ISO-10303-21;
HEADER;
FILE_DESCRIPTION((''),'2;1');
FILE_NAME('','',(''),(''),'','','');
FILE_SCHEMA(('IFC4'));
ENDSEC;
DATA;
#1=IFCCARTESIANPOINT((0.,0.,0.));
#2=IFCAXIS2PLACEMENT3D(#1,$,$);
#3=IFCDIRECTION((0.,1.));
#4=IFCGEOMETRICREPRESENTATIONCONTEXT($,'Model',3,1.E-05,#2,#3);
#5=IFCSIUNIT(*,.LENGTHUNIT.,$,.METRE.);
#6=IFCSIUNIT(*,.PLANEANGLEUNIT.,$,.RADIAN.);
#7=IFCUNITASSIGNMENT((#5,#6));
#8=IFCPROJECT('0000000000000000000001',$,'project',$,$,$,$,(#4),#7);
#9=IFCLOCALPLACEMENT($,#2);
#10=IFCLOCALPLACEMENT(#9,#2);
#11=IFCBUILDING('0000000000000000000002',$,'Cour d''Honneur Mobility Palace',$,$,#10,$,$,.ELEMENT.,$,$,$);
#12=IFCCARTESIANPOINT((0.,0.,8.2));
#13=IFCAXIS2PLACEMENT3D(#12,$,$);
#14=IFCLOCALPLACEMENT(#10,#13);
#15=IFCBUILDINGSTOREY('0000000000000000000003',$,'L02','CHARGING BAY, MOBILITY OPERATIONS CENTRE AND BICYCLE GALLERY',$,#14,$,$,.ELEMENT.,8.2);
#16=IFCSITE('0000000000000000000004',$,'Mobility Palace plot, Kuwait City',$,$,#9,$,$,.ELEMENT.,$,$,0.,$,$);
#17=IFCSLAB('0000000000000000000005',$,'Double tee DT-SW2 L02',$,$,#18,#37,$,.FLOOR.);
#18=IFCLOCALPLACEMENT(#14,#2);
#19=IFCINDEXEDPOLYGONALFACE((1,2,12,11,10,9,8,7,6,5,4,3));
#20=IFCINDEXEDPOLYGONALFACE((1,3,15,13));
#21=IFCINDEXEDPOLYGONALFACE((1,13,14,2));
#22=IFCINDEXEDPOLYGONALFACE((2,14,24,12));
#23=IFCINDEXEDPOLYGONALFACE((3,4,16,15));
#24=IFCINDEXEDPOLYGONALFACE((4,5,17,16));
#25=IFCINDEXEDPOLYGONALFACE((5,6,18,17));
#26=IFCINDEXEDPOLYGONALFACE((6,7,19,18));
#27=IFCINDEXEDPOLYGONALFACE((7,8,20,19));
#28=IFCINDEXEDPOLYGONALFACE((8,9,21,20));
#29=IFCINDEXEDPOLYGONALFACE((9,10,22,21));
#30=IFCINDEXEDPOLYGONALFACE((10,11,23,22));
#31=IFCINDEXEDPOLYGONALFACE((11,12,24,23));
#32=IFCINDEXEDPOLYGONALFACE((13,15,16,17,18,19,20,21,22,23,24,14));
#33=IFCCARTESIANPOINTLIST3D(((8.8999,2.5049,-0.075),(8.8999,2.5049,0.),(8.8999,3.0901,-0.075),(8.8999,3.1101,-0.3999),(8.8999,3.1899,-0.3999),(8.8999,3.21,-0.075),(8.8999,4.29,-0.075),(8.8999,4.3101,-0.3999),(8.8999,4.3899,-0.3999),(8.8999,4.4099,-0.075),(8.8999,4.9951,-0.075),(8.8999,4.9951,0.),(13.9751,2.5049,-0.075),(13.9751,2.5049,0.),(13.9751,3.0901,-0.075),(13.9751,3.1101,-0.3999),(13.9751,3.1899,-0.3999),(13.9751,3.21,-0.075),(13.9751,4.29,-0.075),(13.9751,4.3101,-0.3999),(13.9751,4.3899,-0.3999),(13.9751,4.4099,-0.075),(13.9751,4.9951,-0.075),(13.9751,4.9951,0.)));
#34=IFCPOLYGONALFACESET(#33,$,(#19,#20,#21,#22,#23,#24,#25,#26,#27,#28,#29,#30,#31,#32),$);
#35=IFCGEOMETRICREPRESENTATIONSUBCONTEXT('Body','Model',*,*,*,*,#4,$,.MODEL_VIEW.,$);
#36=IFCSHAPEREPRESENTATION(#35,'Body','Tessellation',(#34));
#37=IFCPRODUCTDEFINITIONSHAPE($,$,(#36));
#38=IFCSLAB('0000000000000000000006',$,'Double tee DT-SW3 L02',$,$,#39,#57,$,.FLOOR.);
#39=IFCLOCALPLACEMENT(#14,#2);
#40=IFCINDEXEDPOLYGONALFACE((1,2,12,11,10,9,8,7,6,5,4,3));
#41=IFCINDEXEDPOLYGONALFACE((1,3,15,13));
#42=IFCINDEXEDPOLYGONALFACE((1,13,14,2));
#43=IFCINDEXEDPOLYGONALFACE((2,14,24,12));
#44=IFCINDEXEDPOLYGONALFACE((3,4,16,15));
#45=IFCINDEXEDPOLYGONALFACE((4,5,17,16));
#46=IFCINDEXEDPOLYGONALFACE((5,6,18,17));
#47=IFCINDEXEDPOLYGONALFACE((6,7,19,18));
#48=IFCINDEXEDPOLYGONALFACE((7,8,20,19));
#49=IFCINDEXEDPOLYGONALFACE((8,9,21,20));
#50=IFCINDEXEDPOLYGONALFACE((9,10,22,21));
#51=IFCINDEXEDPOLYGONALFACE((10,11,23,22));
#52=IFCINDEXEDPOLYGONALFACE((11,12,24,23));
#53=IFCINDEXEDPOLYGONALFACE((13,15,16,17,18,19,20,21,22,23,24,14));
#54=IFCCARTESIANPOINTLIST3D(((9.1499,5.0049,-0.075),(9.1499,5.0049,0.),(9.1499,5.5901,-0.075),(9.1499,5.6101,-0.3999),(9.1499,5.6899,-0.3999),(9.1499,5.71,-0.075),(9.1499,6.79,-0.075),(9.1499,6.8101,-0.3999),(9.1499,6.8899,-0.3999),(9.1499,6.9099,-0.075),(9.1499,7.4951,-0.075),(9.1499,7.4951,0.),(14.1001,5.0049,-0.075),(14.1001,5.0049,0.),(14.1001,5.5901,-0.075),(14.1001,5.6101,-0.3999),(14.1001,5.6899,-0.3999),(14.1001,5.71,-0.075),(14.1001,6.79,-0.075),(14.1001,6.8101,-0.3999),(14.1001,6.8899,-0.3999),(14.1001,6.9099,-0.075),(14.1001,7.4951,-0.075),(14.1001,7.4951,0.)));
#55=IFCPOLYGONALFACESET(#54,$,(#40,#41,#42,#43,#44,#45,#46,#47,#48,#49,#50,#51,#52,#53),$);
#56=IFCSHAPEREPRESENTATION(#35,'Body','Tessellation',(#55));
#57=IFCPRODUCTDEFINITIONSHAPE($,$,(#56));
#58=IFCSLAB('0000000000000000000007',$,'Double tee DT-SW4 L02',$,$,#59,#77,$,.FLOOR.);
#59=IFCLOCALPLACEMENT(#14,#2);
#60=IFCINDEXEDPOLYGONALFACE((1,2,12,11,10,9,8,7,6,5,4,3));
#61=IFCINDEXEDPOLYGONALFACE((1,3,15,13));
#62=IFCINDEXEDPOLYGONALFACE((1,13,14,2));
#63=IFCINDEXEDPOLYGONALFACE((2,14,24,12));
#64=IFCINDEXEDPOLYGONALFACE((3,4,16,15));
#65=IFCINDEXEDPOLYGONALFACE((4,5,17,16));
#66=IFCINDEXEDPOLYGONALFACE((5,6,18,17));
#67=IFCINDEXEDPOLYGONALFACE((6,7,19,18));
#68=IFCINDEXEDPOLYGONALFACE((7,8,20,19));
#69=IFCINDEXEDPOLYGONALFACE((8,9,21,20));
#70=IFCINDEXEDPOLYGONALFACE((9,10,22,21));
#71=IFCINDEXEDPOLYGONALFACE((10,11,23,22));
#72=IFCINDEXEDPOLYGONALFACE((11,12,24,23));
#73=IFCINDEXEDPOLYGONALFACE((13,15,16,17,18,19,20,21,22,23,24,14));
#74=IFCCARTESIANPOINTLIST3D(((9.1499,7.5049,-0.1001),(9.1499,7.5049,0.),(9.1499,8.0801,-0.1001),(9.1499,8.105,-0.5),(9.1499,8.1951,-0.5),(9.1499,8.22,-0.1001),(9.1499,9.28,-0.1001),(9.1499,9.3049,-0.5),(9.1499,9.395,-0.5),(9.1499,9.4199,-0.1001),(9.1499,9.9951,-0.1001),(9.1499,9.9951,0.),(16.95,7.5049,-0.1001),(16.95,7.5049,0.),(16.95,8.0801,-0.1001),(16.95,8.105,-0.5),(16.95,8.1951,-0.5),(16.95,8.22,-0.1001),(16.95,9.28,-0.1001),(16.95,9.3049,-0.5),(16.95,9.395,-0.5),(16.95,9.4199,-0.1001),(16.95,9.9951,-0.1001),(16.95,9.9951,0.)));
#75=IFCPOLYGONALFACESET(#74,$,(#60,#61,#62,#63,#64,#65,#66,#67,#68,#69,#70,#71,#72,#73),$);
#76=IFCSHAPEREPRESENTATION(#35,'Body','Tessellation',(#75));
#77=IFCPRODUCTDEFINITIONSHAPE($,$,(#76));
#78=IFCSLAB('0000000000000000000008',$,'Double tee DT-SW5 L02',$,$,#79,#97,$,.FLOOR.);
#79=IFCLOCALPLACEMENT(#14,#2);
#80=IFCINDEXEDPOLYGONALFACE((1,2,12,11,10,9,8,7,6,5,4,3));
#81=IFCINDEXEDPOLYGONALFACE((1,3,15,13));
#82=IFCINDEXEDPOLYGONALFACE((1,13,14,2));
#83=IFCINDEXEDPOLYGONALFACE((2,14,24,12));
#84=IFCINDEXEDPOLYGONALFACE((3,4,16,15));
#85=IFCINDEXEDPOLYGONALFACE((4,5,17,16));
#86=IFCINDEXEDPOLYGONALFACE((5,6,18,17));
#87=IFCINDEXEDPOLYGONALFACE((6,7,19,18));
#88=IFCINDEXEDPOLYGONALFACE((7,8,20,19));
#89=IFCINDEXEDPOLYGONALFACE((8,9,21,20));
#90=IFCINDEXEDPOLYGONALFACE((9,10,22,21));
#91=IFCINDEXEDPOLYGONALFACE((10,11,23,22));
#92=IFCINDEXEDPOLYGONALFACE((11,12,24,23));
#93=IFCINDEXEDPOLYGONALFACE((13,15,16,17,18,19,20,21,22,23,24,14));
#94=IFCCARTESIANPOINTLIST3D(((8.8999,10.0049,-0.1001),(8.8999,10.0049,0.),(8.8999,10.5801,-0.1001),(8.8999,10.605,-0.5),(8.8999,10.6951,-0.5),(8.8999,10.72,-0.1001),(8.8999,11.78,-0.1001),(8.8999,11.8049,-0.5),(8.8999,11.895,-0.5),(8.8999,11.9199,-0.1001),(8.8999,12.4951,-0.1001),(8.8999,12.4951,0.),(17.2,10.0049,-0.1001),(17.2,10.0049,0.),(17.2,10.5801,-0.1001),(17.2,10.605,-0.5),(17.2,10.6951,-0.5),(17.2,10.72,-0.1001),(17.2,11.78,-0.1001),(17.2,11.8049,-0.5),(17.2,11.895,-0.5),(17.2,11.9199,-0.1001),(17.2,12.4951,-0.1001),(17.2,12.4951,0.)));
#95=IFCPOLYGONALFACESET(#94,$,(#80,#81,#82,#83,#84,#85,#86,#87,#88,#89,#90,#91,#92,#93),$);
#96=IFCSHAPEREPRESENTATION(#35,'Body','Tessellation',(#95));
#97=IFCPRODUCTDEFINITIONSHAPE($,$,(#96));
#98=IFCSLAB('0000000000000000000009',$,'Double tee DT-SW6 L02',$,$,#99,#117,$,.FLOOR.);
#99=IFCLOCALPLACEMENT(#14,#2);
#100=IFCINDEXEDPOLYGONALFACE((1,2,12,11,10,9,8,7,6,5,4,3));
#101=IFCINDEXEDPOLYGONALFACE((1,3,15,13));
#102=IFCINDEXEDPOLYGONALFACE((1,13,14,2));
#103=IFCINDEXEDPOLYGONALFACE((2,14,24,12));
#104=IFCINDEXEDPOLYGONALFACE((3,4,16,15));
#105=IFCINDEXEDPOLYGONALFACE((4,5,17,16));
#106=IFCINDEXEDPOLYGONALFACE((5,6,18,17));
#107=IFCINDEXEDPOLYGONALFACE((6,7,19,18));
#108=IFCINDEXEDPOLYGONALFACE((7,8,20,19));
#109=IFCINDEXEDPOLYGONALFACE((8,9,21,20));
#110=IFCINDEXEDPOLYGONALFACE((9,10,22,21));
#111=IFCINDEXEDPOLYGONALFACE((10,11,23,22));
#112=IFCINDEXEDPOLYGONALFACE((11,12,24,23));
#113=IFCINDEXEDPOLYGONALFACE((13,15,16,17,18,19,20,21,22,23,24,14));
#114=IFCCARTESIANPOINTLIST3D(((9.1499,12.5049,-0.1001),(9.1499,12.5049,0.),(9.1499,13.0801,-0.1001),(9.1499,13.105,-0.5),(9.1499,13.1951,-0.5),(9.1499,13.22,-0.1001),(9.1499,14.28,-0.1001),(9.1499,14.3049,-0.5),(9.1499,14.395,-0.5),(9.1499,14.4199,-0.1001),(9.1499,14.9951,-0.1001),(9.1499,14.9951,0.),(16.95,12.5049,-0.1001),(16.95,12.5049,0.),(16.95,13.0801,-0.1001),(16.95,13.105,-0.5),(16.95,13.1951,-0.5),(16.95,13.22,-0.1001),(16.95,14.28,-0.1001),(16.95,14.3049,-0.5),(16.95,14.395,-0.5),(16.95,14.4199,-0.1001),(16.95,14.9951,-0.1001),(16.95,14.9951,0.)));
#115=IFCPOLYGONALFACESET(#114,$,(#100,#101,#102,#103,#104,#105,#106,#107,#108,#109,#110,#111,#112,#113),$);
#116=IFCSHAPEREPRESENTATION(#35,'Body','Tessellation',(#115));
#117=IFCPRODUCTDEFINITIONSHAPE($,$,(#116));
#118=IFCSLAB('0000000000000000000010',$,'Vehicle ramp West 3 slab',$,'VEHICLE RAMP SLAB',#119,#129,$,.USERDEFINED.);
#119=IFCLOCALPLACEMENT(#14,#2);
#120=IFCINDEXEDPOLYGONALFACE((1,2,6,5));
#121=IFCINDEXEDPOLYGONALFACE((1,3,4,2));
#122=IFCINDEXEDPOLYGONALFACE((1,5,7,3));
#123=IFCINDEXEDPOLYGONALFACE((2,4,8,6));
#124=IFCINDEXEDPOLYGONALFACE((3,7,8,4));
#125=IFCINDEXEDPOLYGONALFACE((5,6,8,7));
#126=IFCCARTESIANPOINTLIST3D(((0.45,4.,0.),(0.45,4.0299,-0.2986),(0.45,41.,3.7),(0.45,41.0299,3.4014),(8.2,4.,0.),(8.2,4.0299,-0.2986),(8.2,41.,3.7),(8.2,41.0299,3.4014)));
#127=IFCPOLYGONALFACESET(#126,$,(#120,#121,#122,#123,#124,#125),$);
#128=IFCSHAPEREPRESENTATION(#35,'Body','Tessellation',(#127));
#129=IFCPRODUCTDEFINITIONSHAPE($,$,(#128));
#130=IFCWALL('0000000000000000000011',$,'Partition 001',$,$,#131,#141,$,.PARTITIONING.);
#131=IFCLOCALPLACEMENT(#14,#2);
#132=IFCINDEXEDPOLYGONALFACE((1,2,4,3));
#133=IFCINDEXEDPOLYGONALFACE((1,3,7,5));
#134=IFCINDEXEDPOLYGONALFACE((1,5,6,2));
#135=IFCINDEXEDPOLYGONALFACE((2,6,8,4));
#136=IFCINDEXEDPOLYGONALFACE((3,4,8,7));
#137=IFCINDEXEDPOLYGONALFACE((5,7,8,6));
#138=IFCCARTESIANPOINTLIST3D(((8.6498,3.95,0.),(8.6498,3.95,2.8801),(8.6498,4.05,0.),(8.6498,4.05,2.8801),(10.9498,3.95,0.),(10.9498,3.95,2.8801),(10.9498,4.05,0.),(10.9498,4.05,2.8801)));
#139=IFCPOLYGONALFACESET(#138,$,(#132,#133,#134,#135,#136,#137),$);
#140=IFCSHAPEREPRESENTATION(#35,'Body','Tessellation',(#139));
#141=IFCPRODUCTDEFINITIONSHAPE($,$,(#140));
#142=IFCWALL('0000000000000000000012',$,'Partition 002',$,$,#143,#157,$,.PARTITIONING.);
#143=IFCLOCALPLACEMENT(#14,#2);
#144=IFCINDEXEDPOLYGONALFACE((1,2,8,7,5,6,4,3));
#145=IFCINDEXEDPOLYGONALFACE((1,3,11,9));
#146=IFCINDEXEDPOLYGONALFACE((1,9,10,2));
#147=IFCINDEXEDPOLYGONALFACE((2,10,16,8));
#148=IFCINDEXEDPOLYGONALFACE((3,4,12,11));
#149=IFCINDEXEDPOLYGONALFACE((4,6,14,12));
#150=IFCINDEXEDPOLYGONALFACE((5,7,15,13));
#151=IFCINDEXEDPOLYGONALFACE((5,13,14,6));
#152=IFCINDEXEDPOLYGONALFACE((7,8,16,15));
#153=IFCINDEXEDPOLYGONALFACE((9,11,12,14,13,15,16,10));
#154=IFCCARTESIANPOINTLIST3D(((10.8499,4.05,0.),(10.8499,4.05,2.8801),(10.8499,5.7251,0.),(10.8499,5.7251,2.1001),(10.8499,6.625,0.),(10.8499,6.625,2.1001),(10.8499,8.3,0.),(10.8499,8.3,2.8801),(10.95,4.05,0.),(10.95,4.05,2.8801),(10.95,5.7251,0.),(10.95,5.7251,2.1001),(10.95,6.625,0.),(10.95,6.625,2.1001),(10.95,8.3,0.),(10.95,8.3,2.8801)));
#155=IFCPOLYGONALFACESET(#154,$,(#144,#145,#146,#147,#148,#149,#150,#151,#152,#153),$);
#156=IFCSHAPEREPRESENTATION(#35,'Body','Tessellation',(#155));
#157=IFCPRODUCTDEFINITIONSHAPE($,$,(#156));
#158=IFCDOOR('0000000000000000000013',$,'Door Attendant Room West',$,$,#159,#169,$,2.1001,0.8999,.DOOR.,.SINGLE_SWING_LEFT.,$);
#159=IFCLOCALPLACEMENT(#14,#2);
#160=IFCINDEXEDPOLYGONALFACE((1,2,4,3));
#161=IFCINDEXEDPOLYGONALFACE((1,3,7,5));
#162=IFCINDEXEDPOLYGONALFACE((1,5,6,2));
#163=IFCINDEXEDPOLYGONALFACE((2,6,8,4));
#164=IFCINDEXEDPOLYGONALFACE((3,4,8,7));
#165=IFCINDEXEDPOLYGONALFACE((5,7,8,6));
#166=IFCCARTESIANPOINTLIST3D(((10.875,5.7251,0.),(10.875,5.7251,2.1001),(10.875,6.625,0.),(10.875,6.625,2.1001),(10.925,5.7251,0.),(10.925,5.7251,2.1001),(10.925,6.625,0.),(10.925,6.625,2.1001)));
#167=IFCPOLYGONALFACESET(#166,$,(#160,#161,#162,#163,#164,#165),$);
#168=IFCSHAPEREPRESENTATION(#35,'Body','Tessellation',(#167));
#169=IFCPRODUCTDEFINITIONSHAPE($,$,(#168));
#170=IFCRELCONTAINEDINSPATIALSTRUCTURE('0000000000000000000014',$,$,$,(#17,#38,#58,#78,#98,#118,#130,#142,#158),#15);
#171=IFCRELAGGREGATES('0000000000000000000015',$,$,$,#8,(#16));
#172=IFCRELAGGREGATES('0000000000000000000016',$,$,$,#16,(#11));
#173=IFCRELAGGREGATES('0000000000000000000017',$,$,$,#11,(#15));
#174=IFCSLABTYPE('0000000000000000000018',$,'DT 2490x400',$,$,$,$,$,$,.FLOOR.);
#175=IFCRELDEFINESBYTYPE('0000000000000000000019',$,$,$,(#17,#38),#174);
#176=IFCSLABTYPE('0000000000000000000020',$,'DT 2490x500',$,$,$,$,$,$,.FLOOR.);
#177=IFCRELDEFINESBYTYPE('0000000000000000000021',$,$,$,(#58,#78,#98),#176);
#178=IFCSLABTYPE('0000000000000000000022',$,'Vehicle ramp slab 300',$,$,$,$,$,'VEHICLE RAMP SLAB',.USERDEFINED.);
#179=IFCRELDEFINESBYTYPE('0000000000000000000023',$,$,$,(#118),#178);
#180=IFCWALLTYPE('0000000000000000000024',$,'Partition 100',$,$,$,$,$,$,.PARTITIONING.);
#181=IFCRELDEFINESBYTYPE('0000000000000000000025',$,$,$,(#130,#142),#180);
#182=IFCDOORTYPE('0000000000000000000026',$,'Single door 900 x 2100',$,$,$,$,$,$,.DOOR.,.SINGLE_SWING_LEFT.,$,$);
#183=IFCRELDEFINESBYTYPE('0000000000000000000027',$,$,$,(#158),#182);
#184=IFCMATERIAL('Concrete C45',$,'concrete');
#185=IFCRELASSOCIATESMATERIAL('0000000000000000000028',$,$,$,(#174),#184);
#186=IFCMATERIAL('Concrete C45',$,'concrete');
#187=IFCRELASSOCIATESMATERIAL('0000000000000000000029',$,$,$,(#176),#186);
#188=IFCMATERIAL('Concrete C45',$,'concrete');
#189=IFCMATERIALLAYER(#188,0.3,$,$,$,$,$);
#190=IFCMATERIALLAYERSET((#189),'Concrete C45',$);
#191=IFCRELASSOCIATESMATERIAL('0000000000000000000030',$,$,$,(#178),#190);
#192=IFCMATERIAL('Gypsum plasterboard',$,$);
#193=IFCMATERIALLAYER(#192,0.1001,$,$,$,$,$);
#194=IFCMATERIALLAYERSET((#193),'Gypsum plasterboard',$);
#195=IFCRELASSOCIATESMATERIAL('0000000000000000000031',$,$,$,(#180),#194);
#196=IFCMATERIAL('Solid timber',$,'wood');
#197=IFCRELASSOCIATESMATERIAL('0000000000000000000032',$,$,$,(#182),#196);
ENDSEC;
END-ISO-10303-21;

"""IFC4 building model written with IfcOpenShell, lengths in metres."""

from ifc_helpers import new_model, si_unit, direction, frame, frame_2d, origin, place, context, subcontext, project, spatial, polyline, rectangle, outline, extrude, material, layer, layer_set, material_profile, profile_set, type_object, element, fill, save


model = new_model("IFC4")

# Units and contexts
model_context = context("Model", 3, precision=1e-05, world=origin(), true_north=direction((0.0, 1.0)))
body_context = subcontext(model_context, "Body", "Model", "MODEL_VIEW")
ifc_project = project(units=[si_unit("LENGTHUNIT", "METRE"), si_unit("PLANEANGLEUNIT", "RADIAN")], contexts=[model_context])

# Site, building, storey
site_placement = place(None, origin())
site = spatial("IfcSite", under=ifc_project, at=site_placement, Name="Mobility Palace plot, Kuwait City", CompositionType="ELEMENT", RefElevation=0.0)
building_placement = place(site_placement, origin())
building = spatial("IfcBuilding", under=site, at=building_placement, Name="Cour d'Honneur Mobility Palace", CompositionType="ELEMENT")
storey_placement = place(building_placement, frame((0.0, 0.0, 8.2)))
storey = spatial("IfcBuildingStorey", under=building, at=storey_placement, Name="L02", Description="CHARGING BAY, MOBILITY OPERATIONS CENTRE AND BICYCLE GALLERY", CompositionType="ELEMENT", Elevation=8.2)

# Slabs
ifc_material_1 = material(Name="Concrete C45", Category="concrete")
ifc_material_profile_1 = material_profile(ifc_material_1, outline(polyline([(-1.2451, 0.0), (1.2451, 0.0), (1.2451, -0.075), (0.6599, -0.075), (0.6399, -0.3999), (0.5601, -0.3999), (0.54, -0.075), (-0.54, -0.075), (-0.5601, -0.3999), (-0.6399, -0.3999), (-0.6599, -0.075), (-1.2451, -0.075), (-1.2451, 0.0)])), Name="DT 2490x400")
ifc_profile_set_1 = profile_set([ifc_material_profile_1], Name="Concrete C45")
slab_type_1 = type_object("IfcSlabType", Name="DT 2490x400", PredefinedType="FLOOR", material=ifc_profile_set_1)
slab_1_placement = place(storey_placement, frame((8.8999, 3.75, 0.0), z_axis=(1.0, 0.0, 0.0), x_axis=(0.0, 1.0, 0.0)))
element("IfcSlab", 1, at=slab_1_placement, inside=storey, type_object=slab_type_1, Name="Double tee DT-SW2 L02", PredefinedType="FLOOR", context=body_context, shape_type="SweptSolid", body=[
    extrude(outline(polyline([(-1.2451, 0.0), (1.2451, 0.0), (1.2451, -0.075), (0.6599, -0.075), (0.6399, -0.3999), (0.5601, -0.3999), (0.54, -0.075), (-0.54, -0.075), (-0.5601, -0.3999), (-0.6399, -0.3999), (-0.6599, -0.075), (-1.2451, -0.075), (-1.2451, 0.0)])), origin(), (0.0, 0.0, 1.0), 5.0752),
])
slab_2_placement = place(storey_placement, frame((9.1499, 6.25, 0.0), z_axis=(1.0, 0.0, 0.0), x_axis=(0.0, 1.0, 0.0)))
element("IfcSlab", 2, at=slab_2_placement, inside=storey, type_object=slab_type_1, Name="Double tee DT-SW3 L02", PredefinedType="FLOOR", context=body_context, shape_type="SweptSolid", body=[
    extrude(outline(polyline([(-1.2451, 0.0), (1.2451, 0.0), (1.2451, -0.075), (0.6599, -0.075), (0.6399, -0.3999), (0.5601, -0.3999), (0.54, -0.075), (-0.54, -0.075), (-0.5601, -0.3999), (-0.6399, -0.3999), (-0.6599, -0.075), (-1.2451, -0.075), (-1.2451, 0.0)])), origin(), (0.0, 0.0, 1.0), 4.9502),
])
ifc_material_2 = material(Name="Concrete C45", Category="concrete")
ifc_material_profile_2 = material_profile(ifc_material_2, outline(polyline([(-1.2451, 0.0), (1.2451, 0.0), (1.2451, -0.1001), (0.6699, -0.1001), (0.645, -0.5), (0.5549, -0.5), (0.53, -0.1001), (-0.53, -0.1001), (-0.5549, -0.5), (-0.645, -0.5), (-0.6699, -0.1001), (-1.2451, -0.1001), (-1.2451, 0.0)])), Name="DT 2490x500")
ifc_profile_set_2 = profile_set([ifc_material_profile_2], Name="Concrete C45")
slab_type_2 = type_object("IfcSlabType", Name="DT 2490x500", PredefinedType="FLOOR", material=ifc_profile_set_2)
slab_3_placement = place(storey_placement, frame((9.1499, 8.75, 0.0), z_axis=(1.0, 0.0, 0.0), x_axis=(0.0, 1.0, 0.0)))
element("IfcSlab", 3, at=slab_3_placement, inside=storey, type_object=slab_type_2, Name="Double tee DT-SW4 L02", PredefinedType="FLOOR", context=body_context, shape_type="SweptSolid", body=[
    extrude(outline(polyline([(-1.2451, 0.0), (1.2451, 0.0), (1.2451, -0.1001), (0.6699, -0.1001), (0.645, -0.5), (0.5549, -0.5), (0.53, -0.1001), (-0.53, -0.1001), (-0.5549, -0.5), (-0.645, -0.5), (-0.6699, -0.1001), (-1.2451, -0.1001), (-1.2451, 0.0)])), origin(), (0.0, 0.0, 1.0), 7.8),
])
slab_4_placement = place(storey_placement, frame((8.8999, 11.25, 0.0), z_axis=(1.0, 0.0, 0.0), x_axis=(0.0, 1.0, 0.0)))
element("IfcSlab", 4, at=slab_4_placement, inside=storey, type_object=slab_type_2, Name="Double tee DT-SW5 L02", PredefinedType="FLOOR", context=body_context, shape_type="SweptSolid", body=[
    extrude(outline(polyline([(-1.2451, 0.0), (1.2451, 0.0), (1.2451, -0.1001), (0.6699, -0.1001), (0.645, -0.5), (0.5549, -0.5), (0.53, -0.1001), (-0.53, -0.1001), (-0.5549, -0.5), (-0.645, -0.5), (-0.6699, -0.1001), (-1.2451, -0.1001), (-1.2451, 0.0)])), origin(), (0.0, 0.0, 1.0), 8.3),
])
slab_5_placement = place(storey_placement, frame((9.1499, 13.75, 0.0), z_axis=(1.0, 0.0, 0.0), x_axis=(0.0, 1.0, 0.0)))
element("IfcSlab", 5, at=slab_5_placement, inside=storey, type_object=slab_type_2, Name="Double tee DT-SW6 L02", PredefinedType="FLOOR", context=body_context, shape_type="SweptSolid", body=[
    extrude(outline(polyline([(-1.2451, 0.0), (1.2451, 0.0), (1.2451, -0.1001), (0.6699, -0.1001), (0.645, -0.5), (0.5549, -0.5), (0.53, -0.1001), (-0.53, -0.1001), (-0.5549, -0.5), (-0.645, -0.5), (-0.6699, -0.1001), (-1.2451, -0.1001), (-1.2451, 0.0)])), origin(), (0.0, 0.0, 1.0), 7.8),
])
ifc_material_3 = material(Name="Concrete C45", Category="concrete")
ifc_layer_1 = layer(ifc_material_3, 0.3)
ifc_layer_set_1 = layer_set([ifc_layer_1], Name="Concrete C45")
slab_type_3 = type_object("IfcSlabType", Name="Vehicle ramp slab 300", ElementType="VEHICLE RAMP SLAB", PredefinedType="USERDEFINED", material=ifc_layer_set_1)
slab_6_placement = place(storey_placement, frame((0.45, 4.0, 0.0), z_axis=(0.0, -0.099502, 0.995037), x_axis=(1.0, 0.0, 0.0)))
element("IfcSlab", 6, at=slab_6_placement, inside=storey, type_object=slab_type_3, Name="Vehicle ramp West 3 slab", ObjectType="VEHICLE RAMP SLAB", PredefinedType="USERDEFINED", context=body_context, shape_type="SweptSolid", body=[
    extrude(outline(polyline([(0.0, 0.0), (7.75, 0.0), (7.75, 37.1845), (0.0, 37.1845), (0.0, 0.0)])), origin(), (0.0, 0.0, -1.0), 0.3),
])

# Wall
ifc_material_4 = material(Name="Gypsum plasterboard")
ifc_layer_2 = layer(ifc_material_4, 0.1001)
ifc_layer_set_2 = layer_set([ifc_layer_2], Name="Gypsum plasterboard")
wall_type_1 = type_object("IfcWallType", Name="Partition 100", PredefinedType="PARTITIONING", material=ifc_layer_set_2)
wall_1_placement = place(storey_placement, frame((8.6499, 4.0, 0.0), z_axis=(0.0, 0.0, 1.0), x_axis=(1.0, 0.0, 0.0)))
element("IfcWall", 7, at=wall_1_placement, inside=storey, type_object=wall_type_1, Name="Partition 001", PredefinedType="PARTITIONING", context=body_context, shape_type="SweptSolid", body=[
    extrude(rectangle(XDim=2.3, YDim=0.1001, at=frame_2d((1.1499, 0.0))), origin(), (0.0, 0.0, 1.0), 2.8801),
])

# Wall, opening, door
wall_2_placement = place(storey_placement, frame((10.8999, 4.05, 0.0), z_axis=(0.0, 0.0, 1.0), x_axis=(0.0, 1.0, 0.0)))
wall_2 = element("IfcWall", 8, at=wall_2_placement, inside=storey, type_object=wall_type_1, Name="Partition 002", PredefinedType="PARTITIONING", context=body_context, shape_type="SweptSolid", body=[
    extrude(rectangle(XDim=4.25, YDim=0.1001, at=frame_2d((2.125, 0.0))), origin(), (0.0, 0.0, 1.0), 2.8801),
])
opening_1_placement = place(wall_2_placement, frame((1.675, 0.0, 0.0)))
opening_1 = element("IfcOpeningElement", 9, at=opening_1_placement, cuts=wall_2, PredefinedType="OPENING", context=body_context, shape_type="SweptSolid", body=[
    extrude(rectangle(XDim=0.8999, YDim=2.1001, at=frame_2d((0.45, 1.05))), frame((0.0, 0.0601, 0.0), z_axis=(0.0, -1.0, 0.0), x_axis=(1.0, 0.0, 0.0)), (0.0, 0.0, 1.0), 0.1201),
])
ifc_material_5 = material(Name="Solid timber", Category="wood")
door_type_1 = type_object("IfcDoorType", Name="Single door 900 x 2100", OperationType="SINGLE_SWING_LEFT", PredefinedType="DOOR", material=ifc_material_5)
door_1_placement = place(opening_1_placement, origin())
door_1 = element("IfcDoor", 10, at=door_1_placement, inside=storey, type_object=door_type_1, Name="Door Attendant Room West", OperationType="SINGLE_SWING_LEFT", OverallHeight=2.1001, OverallWidth=0.8999, PredefinedType="DOOR", context=body_context, shape_type="SweptSolid", body=[
    extrude(rectangle(XDim=0.8999, YDim=2.1001, at=frame_2d((0.45, 1.05))), frame((0.0, 0.0249, 0.0), z_axis=(0.0, -1.0, 0.0), x_axis=(1.0, 0.0, 0.0)), (0.0, 0.0, 1.0), 0.05),
])
fill(opening_1, door_1)

save(model, "model.ifc")
